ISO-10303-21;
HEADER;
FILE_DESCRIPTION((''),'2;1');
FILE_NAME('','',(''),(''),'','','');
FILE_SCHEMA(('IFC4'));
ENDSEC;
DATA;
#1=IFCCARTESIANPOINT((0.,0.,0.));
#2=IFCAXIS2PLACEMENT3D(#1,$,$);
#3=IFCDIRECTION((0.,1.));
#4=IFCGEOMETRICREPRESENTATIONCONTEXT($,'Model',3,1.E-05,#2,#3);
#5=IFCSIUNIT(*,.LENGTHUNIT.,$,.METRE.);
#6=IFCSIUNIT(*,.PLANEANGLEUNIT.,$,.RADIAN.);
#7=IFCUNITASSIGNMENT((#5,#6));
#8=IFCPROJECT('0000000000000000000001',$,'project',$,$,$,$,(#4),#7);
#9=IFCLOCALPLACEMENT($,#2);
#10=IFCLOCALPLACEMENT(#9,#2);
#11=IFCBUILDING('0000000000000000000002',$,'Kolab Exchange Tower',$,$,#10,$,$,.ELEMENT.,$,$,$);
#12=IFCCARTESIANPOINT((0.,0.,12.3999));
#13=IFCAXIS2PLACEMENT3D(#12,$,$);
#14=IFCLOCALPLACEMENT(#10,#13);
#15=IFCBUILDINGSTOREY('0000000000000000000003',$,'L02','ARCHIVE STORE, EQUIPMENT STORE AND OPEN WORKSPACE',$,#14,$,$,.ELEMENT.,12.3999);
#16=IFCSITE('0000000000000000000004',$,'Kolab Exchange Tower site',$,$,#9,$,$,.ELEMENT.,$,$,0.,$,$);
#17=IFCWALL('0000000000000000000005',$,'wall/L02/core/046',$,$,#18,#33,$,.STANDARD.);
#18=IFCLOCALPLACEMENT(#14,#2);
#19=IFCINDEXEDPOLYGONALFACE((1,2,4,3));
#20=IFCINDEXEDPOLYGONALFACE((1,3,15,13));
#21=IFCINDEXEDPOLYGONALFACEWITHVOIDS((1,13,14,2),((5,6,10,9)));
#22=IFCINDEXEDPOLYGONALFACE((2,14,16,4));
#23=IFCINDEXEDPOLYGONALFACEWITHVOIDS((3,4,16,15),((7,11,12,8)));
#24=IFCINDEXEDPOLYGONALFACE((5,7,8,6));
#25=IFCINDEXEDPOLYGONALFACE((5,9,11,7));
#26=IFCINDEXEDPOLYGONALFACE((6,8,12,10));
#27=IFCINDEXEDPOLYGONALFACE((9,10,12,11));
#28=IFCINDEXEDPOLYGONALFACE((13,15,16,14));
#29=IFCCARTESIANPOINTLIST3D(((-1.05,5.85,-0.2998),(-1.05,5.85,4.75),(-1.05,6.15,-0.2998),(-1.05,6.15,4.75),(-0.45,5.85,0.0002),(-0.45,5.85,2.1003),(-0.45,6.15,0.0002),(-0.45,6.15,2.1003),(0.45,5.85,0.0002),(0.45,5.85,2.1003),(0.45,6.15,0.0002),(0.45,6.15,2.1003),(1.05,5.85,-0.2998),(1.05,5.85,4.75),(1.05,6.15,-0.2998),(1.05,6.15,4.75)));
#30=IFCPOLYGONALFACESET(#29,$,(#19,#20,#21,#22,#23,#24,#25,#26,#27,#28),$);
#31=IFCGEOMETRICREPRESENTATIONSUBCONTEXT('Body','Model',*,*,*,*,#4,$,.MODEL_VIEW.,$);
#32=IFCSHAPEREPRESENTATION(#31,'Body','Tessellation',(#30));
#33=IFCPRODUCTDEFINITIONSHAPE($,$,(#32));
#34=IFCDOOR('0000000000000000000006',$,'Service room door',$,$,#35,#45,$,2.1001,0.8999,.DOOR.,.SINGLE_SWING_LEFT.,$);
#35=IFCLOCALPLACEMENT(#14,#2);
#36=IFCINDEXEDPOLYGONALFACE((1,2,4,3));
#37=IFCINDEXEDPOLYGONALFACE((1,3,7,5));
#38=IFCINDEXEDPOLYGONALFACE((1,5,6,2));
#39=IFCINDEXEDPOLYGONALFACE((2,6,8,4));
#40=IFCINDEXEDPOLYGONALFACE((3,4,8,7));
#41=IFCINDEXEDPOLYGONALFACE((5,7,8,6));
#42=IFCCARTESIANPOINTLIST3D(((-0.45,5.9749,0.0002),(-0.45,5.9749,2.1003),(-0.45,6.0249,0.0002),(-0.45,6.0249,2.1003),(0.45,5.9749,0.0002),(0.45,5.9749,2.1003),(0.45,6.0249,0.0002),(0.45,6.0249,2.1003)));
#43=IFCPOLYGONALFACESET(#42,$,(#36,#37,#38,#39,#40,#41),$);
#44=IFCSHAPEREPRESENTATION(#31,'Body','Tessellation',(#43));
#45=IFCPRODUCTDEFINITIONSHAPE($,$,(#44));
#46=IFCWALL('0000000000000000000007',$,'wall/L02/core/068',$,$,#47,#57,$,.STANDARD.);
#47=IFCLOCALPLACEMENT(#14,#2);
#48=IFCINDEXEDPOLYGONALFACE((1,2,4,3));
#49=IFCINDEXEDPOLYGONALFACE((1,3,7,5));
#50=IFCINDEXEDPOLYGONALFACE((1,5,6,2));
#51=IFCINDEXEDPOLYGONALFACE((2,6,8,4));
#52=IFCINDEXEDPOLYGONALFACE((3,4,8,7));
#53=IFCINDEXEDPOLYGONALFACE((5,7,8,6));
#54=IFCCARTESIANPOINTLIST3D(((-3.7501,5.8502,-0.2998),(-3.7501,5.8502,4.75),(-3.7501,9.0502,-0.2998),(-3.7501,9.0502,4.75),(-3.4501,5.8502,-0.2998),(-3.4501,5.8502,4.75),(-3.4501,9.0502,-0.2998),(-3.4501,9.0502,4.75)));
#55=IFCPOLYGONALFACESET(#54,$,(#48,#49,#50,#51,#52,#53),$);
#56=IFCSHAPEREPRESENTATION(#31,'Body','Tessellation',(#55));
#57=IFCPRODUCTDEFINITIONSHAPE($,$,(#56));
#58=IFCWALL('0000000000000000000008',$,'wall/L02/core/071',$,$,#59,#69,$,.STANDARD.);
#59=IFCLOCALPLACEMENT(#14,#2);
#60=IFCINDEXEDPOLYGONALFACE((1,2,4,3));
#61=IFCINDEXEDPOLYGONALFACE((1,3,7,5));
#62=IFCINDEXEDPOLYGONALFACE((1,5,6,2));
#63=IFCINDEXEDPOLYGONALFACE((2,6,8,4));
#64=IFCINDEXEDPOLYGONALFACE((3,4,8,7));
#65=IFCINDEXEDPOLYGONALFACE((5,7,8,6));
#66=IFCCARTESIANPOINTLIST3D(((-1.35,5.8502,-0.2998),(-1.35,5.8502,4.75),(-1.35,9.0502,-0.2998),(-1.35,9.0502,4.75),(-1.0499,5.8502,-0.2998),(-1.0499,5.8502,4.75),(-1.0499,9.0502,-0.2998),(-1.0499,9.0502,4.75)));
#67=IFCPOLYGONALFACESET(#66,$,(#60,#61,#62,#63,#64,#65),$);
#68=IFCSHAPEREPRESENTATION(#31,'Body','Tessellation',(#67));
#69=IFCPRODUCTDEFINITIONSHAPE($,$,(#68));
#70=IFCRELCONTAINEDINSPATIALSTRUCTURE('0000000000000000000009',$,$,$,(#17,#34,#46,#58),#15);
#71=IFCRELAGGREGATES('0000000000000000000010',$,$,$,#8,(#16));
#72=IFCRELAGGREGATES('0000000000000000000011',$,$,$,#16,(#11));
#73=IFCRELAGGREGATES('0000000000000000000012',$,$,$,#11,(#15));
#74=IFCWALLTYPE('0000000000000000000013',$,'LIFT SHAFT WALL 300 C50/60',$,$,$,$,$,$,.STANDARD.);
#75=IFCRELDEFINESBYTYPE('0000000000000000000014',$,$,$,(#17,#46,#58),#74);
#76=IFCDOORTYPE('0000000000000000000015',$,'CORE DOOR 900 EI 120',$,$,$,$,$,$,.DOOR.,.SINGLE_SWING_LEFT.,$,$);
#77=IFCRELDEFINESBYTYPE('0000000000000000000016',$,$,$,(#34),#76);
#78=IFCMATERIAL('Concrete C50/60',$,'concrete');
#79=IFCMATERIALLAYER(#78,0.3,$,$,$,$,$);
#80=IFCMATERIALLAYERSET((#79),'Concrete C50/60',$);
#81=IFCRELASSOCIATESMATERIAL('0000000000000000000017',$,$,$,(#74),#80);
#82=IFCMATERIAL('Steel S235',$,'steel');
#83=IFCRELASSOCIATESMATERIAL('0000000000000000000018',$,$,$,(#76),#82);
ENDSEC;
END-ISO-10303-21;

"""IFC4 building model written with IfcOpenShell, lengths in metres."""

from ifc_helpers import new_model, si_unit, direction, frame, frame_2d, origin, place, context, subcontext, project, spatial, rectangle, extrude, material, layer, layer_set, type_object, element, fill, save


model = new_model("IFC4")

# Units and contexts
model_context = context("Model", 3, precision=1e-05, world=origin(), true_north=direction((0.0, 1.0)))
body_context = subcontext(model_context, "Body", "Model", "MODEL_VIEW")
ifc_project = project(units=[si_unit("LENGTHUNIT", "METRE"), si_unit("PLANEANGLEUNIT", "RADIAN")], contexts=[model_context])

# Site, building, storey
site_placement = place(None, origin())
site = spatial("IfcSite", under=ifc_project, at=site_placement, Name="Kolab Exchange Tower site", CompositionType="ELEMENT", RefElevation=0.0)
building_placement = place(site_placement, origin())
building = spatial("IfcBuilding", under=site, at=building_placement, Name="Kolab Exchange Tower", CompositionType="ELEMENT")
storey_placement = place(building_placement, frame((0.0, 0.0, 12.3999)))
storey = spatial("IfcBuildingStorey", under=building, at=storey_placement, Name="L02", Description="ARCHIVE STORE, EQUIPMENT STORE AND OPEN WORKSPACE", CompositionType="ELEMENT", Elevation=12.3999)

# Wall, opening, door
ifc_material_1 = material(Name="Concrete C50/60", Category="concrete")
ifc_layer_1 = layer(ifc_material_1, 0.3)
ifc_layer_set_1 = layer_set([ifc_layer_1], Name="Concrete C50/60")
wall_type = type_object("IfcWallType", Name="LIFT SHAFT WALL 300 C50/60", PredefinedType="STANDARD", material=ifc_layer_set_1)
ifc_material_2 = material(Name="Steel S235", Category="steel")
door_type = type_object("IfcDoorType", Name="CORE DOOR 900 EI 120", OperationType="SINGLE_SWING_LEFT", PredefinedType="DOOR", material=ifc_material_2)
wall_1_placement = place(storey_placement, frame((-1.05, 6.0, -0.2998), z_axis=(0.0, 0.0, 1.0), x_axis=(1.0, 0.0, 0.0)))
wall_1 = element("IfcWall", 1, at=wall_1_placement, inside=storey, type_object=wall_type, Name="wall/L02/core/046", PredefinedType="STANDARD", context=body_context, shape_type="SweptSolid", body=[
    extrude(rectangle(XDim=2.1001, YDim=0.3, at=frame_2d((1.05, 0.0))), origin(), (0.0, 0.0, 1.0), 5.0498),
])
opening_1_placement = place(wall_1_placement, frame((0.6001, 0.0, 0.3)))
opening_1 = element("IfcOpeningElement", 2, at=opening_1_placement, cuts=wall_1, PredefinedType="OPENING", context=body_context, shape_type="SweptSolid", body=[
    extrude(rectangle(XDim=0.8999, YDim=2.1001, at=frame_2d((0.45, 1.05))), frame((0.0, 0.1602, 0.0), z_axis=(0.0, -1.0, 0.0), x_axis=(1.0, 0.0, 0.0)), (0.0, 0.0, 1.0), 0.3201),
])
door_1_placement = place(opening_1_placement, origin())
door_1 = element("IfcDoor", 3, at=door_1_placement, inside=storey, type_object=door_type, Name="Service room door", OperationType="SINGLE_SWING_LEFT", OverallHeight=2.1001, OverallWidth=0.8999, PredefinedType="DOOR", context=body_context, shape_type="SweptSolid", body=[
    extrude(rectangle(XDim=0.8999, YDim=2.1001, at=frame_2d((0.45, 1.05))), frame((0.0, 0.0249, 0.0), z_axis=(0.0, -1.0, 0.0), x_axis=(1.0, 0.0, 0.0)), (0.0, 0.0, 1.0), 0.05),
])
fill(opening_1, door_1)

# Walls
for number, where, z_axis, x_axis, name in (
    (4, (-3.6001, 5.8501, -0.2998), (0.0, 0.0, 1.0), (0.0, 1.0, 0.0), "wall/L02/core/068"),
    (5, (-1.2, 5.8501, -0.2998), (0.0, 0.0, 1.0), (0.0, 1.0, 0.0), "wall/L02/core/071"),
):
    element("IfcWall", number, at=place(storey_placement, frame(where, z_axis=z_axis, x_axis=x_axis)), inside=storey, type_object=wall_type, Name=name, PredefinedType="STANDARD", context=body_context, shape_type="SweptSolid", body=[
        extrude(rectangle(XDim=3.2, YDim=0.3, at=frame_2d((1.6001, 0.0))), origin(), (0.0, 0.0, 1.0), 5.0498),
    ])

save(model, "model.ifc")
